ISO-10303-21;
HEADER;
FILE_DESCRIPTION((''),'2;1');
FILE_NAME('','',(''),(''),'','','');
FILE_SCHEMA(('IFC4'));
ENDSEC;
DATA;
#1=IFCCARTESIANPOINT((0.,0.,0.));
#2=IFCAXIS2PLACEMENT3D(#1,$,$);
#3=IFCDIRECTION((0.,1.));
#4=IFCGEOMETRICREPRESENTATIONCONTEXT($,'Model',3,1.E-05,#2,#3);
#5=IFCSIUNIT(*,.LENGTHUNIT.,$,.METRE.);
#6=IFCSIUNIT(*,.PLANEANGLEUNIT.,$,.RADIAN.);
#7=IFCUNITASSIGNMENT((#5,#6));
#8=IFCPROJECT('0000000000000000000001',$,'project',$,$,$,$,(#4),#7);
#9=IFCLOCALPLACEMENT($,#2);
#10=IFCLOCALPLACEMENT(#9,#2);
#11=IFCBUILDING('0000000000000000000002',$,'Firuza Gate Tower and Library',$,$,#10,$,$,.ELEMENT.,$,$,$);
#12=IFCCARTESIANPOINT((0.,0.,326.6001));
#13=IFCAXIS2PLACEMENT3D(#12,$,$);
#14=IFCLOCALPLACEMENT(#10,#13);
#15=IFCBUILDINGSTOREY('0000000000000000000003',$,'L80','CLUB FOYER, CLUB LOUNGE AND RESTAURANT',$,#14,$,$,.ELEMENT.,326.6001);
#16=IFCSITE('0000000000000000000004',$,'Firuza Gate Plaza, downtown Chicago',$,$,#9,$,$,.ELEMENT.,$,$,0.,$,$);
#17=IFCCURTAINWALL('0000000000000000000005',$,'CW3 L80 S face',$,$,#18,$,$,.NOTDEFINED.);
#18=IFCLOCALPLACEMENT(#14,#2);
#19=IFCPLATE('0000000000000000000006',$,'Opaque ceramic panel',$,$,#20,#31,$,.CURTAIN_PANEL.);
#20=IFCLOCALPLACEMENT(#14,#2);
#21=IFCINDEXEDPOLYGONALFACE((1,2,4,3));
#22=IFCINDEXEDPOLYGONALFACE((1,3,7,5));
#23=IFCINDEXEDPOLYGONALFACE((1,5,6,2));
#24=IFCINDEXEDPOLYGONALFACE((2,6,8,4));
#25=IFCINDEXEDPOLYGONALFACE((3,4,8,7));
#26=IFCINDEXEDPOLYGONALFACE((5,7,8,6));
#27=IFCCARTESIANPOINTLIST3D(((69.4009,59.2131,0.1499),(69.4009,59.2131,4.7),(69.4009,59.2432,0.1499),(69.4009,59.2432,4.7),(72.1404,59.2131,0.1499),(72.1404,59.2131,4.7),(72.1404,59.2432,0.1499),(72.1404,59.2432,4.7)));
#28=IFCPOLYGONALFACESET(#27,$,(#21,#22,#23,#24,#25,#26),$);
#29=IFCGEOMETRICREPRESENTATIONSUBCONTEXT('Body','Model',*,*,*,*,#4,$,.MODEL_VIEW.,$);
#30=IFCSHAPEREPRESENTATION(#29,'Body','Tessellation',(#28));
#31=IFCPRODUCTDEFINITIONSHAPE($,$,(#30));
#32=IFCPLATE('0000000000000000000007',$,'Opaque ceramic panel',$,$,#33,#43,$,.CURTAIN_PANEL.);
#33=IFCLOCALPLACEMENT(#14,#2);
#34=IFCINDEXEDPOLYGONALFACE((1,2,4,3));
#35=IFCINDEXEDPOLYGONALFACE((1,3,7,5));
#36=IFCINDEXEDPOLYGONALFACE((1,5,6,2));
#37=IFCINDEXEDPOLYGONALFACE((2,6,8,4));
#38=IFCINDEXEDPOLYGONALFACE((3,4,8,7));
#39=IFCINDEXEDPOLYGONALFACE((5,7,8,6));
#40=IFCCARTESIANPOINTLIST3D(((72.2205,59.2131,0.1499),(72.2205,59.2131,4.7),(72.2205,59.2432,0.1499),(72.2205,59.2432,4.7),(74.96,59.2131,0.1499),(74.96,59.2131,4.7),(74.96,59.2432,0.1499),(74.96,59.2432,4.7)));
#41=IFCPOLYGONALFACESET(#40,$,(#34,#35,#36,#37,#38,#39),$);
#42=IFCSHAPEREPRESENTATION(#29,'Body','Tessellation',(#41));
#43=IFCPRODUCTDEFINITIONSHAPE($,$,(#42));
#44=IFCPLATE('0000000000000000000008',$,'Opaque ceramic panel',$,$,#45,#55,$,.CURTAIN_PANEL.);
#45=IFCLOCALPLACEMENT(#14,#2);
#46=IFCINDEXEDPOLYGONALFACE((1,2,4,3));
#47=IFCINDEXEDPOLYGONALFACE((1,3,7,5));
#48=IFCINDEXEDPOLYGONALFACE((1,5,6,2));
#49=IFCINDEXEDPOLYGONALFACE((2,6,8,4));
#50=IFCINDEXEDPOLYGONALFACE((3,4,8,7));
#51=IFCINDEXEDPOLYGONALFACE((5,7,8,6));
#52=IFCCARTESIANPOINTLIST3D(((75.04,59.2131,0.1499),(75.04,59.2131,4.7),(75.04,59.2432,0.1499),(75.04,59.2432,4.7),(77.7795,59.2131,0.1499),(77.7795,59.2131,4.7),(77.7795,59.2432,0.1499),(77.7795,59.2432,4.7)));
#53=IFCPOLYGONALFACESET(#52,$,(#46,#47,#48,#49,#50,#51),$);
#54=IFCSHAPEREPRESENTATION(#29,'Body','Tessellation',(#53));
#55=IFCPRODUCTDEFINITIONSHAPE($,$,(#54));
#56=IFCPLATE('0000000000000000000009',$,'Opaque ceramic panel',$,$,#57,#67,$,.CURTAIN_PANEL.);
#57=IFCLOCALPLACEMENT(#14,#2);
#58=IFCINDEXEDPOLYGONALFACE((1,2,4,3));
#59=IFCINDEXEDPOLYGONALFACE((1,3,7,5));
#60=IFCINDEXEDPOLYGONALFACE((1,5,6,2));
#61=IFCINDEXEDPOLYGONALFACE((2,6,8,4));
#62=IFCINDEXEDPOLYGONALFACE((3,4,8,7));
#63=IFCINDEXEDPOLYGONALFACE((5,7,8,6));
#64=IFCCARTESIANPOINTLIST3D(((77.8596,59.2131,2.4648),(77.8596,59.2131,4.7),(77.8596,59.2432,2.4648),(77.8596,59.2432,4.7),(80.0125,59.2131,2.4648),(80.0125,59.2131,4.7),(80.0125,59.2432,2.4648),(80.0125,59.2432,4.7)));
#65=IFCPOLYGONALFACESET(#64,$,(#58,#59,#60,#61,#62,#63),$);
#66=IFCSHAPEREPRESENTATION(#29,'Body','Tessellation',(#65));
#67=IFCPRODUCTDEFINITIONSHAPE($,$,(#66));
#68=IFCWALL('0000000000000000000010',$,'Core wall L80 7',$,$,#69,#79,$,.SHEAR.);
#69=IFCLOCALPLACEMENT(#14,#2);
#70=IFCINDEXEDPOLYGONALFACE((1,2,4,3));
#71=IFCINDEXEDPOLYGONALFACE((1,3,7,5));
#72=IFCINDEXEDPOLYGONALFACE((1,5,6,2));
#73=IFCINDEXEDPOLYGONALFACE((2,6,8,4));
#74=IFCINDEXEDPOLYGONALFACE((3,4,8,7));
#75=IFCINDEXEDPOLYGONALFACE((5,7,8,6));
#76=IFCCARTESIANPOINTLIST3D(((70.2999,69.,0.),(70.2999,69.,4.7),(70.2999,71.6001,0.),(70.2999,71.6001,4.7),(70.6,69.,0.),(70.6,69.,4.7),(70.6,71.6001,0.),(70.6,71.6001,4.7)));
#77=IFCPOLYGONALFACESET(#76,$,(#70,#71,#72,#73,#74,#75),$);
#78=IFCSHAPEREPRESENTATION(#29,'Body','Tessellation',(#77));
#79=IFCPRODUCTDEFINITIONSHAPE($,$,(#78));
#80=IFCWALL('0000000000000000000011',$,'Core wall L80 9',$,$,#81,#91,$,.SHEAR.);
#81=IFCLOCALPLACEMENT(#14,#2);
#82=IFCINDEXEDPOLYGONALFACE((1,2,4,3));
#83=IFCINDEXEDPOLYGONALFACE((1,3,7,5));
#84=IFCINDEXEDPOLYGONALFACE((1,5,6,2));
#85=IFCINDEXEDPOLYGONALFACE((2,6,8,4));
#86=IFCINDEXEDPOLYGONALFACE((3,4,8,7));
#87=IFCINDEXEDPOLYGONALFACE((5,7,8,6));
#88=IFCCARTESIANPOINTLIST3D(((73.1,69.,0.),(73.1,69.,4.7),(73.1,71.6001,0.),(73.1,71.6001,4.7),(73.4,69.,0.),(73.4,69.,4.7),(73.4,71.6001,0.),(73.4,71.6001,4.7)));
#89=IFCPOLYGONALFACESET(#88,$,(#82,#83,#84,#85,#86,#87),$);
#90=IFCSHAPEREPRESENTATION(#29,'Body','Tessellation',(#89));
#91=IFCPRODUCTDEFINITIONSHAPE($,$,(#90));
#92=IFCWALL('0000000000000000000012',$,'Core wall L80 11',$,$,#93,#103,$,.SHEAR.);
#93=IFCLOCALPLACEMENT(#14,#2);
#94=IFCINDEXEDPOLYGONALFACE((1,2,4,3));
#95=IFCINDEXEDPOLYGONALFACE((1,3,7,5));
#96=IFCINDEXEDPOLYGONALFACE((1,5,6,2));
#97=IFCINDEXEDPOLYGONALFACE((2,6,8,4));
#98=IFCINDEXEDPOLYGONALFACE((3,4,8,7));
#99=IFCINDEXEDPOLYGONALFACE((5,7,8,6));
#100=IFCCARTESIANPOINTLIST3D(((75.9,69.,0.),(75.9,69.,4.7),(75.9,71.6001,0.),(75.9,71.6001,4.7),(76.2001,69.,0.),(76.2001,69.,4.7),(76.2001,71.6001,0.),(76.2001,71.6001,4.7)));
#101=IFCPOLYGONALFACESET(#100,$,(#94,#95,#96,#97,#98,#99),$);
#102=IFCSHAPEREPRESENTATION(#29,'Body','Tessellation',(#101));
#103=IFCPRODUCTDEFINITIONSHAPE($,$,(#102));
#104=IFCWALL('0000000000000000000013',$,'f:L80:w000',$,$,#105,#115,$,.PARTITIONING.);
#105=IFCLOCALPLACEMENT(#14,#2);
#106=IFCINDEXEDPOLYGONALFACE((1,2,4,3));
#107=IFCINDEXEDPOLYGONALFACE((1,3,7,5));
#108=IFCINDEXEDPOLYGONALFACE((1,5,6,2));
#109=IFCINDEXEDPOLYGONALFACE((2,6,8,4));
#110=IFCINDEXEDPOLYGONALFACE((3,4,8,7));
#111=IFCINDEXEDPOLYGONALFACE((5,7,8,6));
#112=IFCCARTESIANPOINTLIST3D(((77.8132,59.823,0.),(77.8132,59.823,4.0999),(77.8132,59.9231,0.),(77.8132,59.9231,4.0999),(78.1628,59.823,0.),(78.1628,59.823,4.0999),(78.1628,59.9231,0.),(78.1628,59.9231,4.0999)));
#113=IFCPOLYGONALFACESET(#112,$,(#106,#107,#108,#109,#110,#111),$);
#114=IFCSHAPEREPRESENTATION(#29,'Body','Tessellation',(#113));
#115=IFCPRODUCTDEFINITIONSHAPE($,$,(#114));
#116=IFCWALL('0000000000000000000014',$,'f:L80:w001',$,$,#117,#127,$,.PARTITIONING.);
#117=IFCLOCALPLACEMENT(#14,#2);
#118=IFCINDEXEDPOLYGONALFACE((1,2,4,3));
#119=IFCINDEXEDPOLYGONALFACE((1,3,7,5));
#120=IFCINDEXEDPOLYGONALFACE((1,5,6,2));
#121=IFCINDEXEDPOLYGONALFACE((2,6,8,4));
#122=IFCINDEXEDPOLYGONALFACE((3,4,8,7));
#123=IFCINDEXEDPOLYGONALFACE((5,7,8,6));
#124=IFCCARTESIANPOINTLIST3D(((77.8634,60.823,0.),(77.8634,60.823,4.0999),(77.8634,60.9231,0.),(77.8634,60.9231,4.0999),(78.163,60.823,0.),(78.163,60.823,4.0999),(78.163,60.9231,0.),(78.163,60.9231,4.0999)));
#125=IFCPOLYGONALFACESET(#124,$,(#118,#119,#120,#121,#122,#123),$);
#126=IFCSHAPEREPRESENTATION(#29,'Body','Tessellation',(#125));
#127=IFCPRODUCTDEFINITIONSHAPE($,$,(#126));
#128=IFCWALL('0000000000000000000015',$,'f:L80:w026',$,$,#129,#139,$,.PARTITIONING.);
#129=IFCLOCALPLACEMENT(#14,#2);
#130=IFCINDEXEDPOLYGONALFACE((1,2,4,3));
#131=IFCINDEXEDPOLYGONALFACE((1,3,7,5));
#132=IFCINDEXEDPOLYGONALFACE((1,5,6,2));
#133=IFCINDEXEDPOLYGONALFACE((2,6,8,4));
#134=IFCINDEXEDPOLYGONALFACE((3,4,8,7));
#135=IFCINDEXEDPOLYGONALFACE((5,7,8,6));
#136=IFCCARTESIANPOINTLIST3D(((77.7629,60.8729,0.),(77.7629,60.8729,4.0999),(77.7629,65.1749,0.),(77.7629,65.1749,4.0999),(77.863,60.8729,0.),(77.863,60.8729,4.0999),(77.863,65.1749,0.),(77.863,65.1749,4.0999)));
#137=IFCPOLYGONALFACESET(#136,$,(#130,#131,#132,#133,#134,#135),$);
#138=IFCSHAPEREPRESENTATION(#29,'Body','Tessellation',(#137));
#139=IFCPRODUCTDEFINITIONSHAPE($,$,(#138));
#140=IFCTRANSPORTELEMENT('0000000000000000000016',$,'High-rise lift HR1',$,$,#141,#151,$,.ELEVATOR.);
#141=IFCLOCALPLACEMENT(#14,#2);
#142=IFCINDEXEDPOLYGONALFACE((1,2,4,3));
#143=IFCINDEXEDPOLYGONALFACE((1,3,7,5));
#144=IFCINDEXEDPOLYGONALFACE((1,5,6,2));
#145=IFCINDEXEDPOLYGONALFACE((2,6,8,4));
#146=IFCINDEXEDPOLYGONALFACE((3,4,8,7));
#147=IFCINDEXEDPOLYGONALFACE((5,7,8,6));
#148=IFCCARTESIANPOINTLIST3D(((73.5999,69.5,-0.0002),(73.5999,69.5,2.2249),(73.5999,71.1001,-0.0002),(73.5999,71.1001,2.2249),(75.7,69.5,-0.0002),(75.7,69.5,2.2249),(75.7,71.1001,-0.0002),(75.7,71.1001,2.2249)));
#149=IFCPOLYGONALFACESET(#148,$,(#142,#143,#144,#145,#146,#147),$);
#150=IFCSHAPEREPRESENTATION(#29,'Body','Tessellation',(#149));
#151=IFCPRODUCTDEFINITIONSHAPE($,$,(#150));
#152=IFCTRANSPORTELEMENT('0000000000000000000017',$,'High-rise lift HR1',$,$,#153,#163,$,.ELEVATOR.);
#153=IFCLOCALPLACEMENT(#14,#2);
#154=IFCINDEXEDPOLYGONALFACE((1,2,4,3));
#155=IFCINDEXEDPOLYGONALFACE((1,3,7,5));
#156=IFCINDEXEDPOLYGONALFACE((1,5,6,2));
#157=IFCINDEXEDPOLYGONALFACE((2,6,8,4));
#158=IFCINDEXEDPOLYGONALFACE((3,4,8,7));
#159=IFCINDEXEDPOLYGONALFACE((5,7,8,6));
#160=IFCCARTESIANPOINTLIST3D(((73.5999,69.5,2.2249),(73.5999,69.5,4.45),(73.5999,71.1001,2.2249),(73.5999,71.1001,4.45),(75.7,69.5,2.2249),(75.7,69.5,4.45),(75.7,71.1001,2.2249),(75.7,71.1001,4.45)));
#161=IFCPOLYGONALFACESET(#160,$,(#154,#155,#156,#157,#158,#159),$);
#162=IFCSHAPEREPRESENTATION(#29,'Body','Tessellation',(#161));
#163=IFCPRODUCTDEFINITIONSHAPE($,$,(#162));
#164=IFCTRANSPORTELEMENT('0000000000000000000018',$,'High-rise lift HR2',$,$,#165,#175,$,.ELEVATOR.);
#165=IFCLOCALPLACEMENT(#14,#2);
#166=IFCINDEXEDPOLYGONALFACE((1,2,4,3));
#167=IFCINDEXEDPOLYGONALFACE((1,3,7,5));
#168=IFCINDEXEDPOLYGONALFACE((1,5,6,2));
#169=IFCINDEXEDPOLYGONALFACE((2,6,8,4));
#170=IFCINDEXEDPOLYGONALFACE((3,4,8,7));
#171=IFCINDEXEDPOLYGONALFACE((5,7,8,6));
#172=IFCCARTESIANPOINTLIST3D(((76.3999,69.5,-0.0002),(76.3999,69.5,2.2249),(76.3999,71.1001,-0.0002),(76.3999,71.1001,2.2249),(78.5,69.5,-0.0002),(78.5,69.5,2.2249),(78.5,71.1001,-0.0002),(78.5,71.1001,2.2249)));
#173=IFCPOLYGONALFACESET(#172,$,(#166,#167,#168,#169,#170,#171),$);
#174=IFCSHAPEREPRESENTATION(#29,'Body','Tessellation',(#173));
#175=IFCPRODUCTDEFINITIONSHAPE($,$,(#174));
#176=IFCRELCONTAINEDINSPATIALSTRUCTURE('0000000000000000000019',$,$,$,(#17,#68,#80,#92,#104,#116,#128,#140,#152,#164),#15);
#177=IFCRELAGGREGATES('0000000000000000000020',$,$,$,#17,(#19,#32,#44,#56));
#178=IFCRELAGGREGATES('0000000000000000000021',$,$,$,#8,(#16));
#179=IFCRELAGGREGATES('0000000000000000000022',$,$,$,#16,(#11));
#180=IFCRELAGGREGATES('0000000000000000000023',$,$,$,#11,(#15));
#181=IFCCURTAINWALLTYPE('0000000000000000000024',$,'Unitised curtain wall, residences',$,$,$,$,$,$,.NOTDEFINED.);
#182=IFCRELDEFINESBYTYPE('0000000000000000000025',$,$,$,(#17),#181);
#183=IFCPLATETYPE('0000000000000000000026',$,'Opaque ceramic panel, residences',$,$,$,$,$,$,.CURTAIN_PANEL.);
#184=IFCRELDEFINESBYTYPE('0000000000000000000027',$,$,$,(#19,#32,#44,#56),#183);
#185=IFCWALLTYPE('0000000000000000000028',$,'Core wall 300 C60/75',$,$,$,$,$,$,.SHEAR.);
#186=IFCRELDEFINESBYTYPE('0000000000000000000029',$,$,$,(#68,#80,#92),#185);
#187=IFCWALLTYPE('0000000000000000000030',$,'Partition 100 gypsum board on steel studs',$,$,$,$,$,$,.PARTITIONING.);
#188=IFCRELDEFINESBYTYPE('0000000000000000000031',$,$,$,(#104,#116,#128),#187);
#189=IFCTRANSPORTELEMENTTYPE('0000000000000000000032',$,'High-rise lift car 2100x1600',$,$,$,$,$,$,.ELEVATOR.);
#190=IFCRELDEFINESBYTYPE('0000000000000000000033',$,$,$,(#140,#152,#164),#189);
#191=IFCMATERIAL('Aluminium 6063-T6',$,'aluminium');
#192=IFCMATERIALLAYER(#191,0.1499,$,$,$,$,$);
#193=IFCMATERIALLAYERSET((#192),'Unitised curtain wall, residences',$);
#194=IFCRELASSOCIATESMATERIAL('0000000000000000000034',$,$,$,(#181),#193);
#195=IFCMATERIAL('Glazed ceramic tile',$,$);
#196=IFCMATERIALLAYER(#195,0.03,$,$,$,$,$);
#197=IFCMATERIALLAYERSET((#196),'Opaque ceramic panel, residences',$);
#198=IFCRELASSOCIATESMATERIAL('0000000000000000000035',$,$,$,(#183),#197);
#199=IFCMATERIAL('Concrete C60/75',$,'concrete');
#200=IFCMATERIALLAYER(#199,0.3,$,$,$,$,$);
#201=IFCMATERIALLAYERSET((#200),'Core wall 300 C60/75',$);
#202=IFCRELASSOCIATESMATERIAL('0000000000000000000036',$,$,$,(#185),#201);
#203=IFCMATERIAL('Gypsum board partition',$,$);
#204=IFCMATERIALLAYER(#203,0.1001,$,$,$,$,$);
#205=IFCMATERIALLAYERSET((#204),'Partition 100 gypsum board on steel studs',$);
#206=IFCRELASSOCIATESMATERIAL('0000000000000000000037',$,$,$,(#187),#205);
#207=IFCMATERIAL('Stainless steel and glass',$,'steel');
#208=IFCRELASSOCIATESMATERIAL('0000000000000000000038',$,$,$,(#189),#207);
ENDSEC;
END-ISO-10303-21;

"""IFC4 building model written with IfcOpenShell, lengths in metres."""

from ifc_helpers import new_model, si_unit, direction, frame, frame_2d, origin, origin_2d, place, context, subcontext, project, spatial, polyline, rectangle, outline, extrude, material, layer, layer_set, type_object, element, aggregate, save


model = new_model("IFC4")

# Units and contexts
model_context = context("Model", 3, precision=1e-05, world=origin(), true_north=direction((0.0, 1.0)))
body_context = subcontext(model_context, "Body", "Model", "MODEL_VIEW")
ifc_project = project(units=[si_unit("LENGTHUNIT", "METRE"), si_unit("PLANEANGLEUNIT", "RADIAN")], contexts=[model_context])

# Site, building, storey
site_placement = place(None, origin())
site = spatial("IfcSite", under=ifc_project, at=site_placement, Name="Firuza Gate Plaza, downtown Chicago", CompositionType="ELEMENT", RefElevation=0.0)
building_placement = place(site_placement, origin())
building = spatial("IfcBuilding", under=site, at=building_placement, Name="Firuza Gate Tower and Library", CompositionType="ELEMENT")
storey_placement = place(building_placement, frame((0.0, 0.0, 326.6001)))
storey = spatial("IfcBuildingStorey", under=building, at=storey_placement, Name="L80", Description="CLUB FOYER, CLUB LOUNGE AND RESTAURANT", CompositionType="ELEMENT", Elevation=326.6001)

# Curtain wall
ifc_material_1 = material(Name="Aluminium 6063-T6", Category="aluminium")
ifc_layer_1 = layer(ifc_material_1, 0.1499)
ifc_layer_set_1 = layer_set([ifc_layer_1], Name="Unitised curtain wall, residences")
curtain_wall_type = type_object("IfcCurtainWallType", Name="Unitised curtain wall, residences", PredefinedType="NOTDEFINED", material=ifc_layer_set_1)
curtain_wall_placement = place(storey_placement, origin())
curtain_wall = element("IfcCurtainWall", 1, at=curtain_wall_placement, inside=storey, type_object=curtain_wall_type, Name="CW3 L80 S face", PredefinedType="NOTDEFINED")

# Plates
ifc_material_2 = material(Name="Glazed ceramic tile")
ifc_layer_2 = layer(ifc_material_2, 0.03)
ifc_layer_set_2 = layer_set([ifc_layer_2], Name="Opaque ceramic panel, residences")
plate_type_1 = type_object("IfcPlateType", Name="Opaque ceramic panel, residences", PredefinedType="CURTAIN_PANEL", material=ifc_layer_set_2)
plate_1_placement = place(storey_placement, frame((69.4009, 59.2131, 0.1499), z_axis=(0.0, -1.0, 0.0), x_axis=(1.0, 0.0, 0.0)))
plate_1 = element("IfcPlate", 2, at=plate_1_placement, type_object=plate_type_1, Name="Opaque ceramic panel", PredefinedType="CURTAIN_PANEL", context=body_context, shape_type="SweptSolid", body=[
    extrude(outline(polyline([(0.0, 0.0), (2.7395, 0.0), (2.7395, 4.55), (0.0, 4.55), (0.0, 0.0)])), origin(), (0.0, 0.0, -1.0), 0.03),
])
plate_2_placement = place(storey_placement, frame((72.2205, 59.2131, 0.1499), z_axis=(0.0, -1.0, 0.0), x_axis=(1.0, 0.0, 0.0)))
plate_2 = element("IfcPlate", 3, at=plate_2_placement, type_object=plate_type_1, Name="Opaque ceramic panel", PredefinedType="CURTAIN_PANEL", context=body_context, shape_type="SweptSolid", body=[
    extrude(outline(polyline([(0.0, 0.0), (2.7395, 0.0), (2.7395, 4.55), (0.0, 4.55), (0.0, 0.0)])), origin(), (0.0, 0.0, -1.0), 0.03),
])
plate_3_placement = place(storey_placement, frame((75.04, 59.2131, 0.1499), z_axis=(0.0, -1.0, 0.0), x_axis=(1.0, 0.0, 0.0)))
plate_3 = element("IfcPlate", 4, at=plate_3_placement, type_object=plate_type_1, Name="Opaque ceramic panel", PredefinedType="CURTAIN_PANEL", context=body_context, shape_type="SweptSolid", body=[
    extrude(outline(polyline([(0.0, 0.0), (2.7395, 0.0), (2.7395, 4.55), (0.0, 4.55), (0.0, 0.0)])), origin(), (0.0, 0.0, -1.0), 0.03),
])
plate_4_placement = place(storey_placement, frame((77.8596, 59.2131, 2.4648), z_axis=(0.0, -1.0, 0.0), x_axis=(1.0, 0.0, 0.0)))
plate_4 = element("IfcPlate", 5, at=plate_4_placement, type_object=plate_type_1, Name="Opaque ceramic panel", PredefinedType="CURTAIN_PANEL", context=body_context, shape_type="SweptSolid", body=[
    extrude(outline(polyline([(0.0, 0.0), (2.1528, 0.0), (2.1528, 2.2351), (0.0, 2.2351), (0.0, 0.0)])), origin(), (0.0, 0.0, -1.0), 0.03),
])
aggregate(curtain_wall, [plate_1, plate_2, plate_3, plate_4])

# Walls
ifc_material_3 = material(Name="Concrete C60/75", Category="concrete")
ifc_layer_3 = layer(ifc_material_3, 0.3)
ifc_layer_set_3 = layer_set([ifc_layer_3], Name="Core wall 300 C60/75")
wall_type_1 = type_object("IfcWallType", Name="Core wall 300 C60/75", PredefinedType="SHEAR", material=ifc_layer_set_3)
for number, where, z_axis, x_axis, name in (
    (6, (70.45, 69.0, 0.0), (0.0, 0.0, 1.0), (0.0, 1.0, 0.0), "Core wall L80 7"),
    (7, (73.25, 69.0, 0.0), (0.0, 0.0, 1.0), (0.0, 1.0, 0.0), "Core wall L80 9"),
    (8, (76.05, 69.0, 0.0), (0.0, 0.0, 1.0), (0.0, 1.0, 0.0), "Core wall L80 11"),
):
    element("IfcWall", number, at=place(storey_placement, frame(where, z_axis=z_axis, x_axis=x_axis)), inside=storey, type_object=wall_type_1, Name=name, PredefinedType="SHEAR", context=body_context, shape_type="SweptSolid", body=[
        extrude(rectangle(XDim=2.6001, YDim=0.3, at=frame_2d((1.3, 0.0))), origin(), (0.0, 0.0, 1.0), 4.7),
    ])
ifc_material_4 = material(Name="Gypsum board partition")
ifc_layer_4 = layer(ifc_material_4, 0.1001)
ifc_layer_set_4 = layer_set([ifc_layer_4], Name="Partition 100 gypsum board on steel studs")
wall_type_2 = type_object("IfcWallType", Name="Partition 100 gypsum board on steel studs", PredefinedType="PARTITIONING", material=ifc_layer_set_4)
wall_1_placement = place(storey_placement, frame((77.8132, 59.873, 0.0), z_axis=(0.0, 0.0, 1.0), x_axis=(1.0, 0.0, 0.0)))
element("IfcWall", 9, at=wall_1_placement, inside=storey, type_object=wall_type_2, Name="f:L80:w000", PredefinedType="PARTITIONING", context=body_context, shape_type="SweptSolid", body=[
    extrude(rectangle(XDim=0.3496, YDim=0.1001, at=frame_2d((0.1748, 0.0))), origin(), (0.0, 0.0, 1.0), 4.0999),
])
wall_2_placement = place(storey_placement, frame((77.8633, 60.873, 0.0), z_axis=(0.0, 0.0, 1.0), x_axis=(1.0, 0.0, 0.0)))
element("IfcWall", 10, at=wall_2_placement, inside=storey, type_object=wall_type_2, Name="f:L80:w001", PredefinedType="PARTITIONING", context=body_context, shape_type="SweptSolid", body=[
    extrude(rectangle(XDim=0.2996, YDim=0.1001, at=frame_2d((0.1499, 0.0))), origin(), (0.0, 0.0, 1.0), 4.0999),
])
wall_3_placement = place(storey_placement, frame((77.813, 60.873, 0.0), z_axis=(0.0, 0.0, 1.0), x_axis=(0.0, 1.0, 0.0)))
element("IfcWall", 11, at=wall_3_placement, inside=storey, type_object=wall_type_2, Name="f:L80:w026", PredefinedType="PARTITIONING", context=body_context, shape_type="SweptSolid", body=[
    extrude(rectangle(XDim=4.302, YDim=0.1001, at=frame_2d((2.1509, 0.0))), origin(), (0.0, 0.0, 1.0), 4.0999),
])

# Transport elements
ifc_material_5 = material(Name="Stainless steel and glass", Category="steel")
transport_element_type = type_object("IfcTransportElementType", Name="High-rise lift car 2100x1600", PredefinedType="ELEVATOR", material=ifc_material_5)
for number, where, z_axis, x_axis, name in (
    (12, (74.6499, 70.3, -0.0002), (0.0, 0.0, 1.0), (1.0, 0.0, 0.0), "High-rise lift HR1"),
    (13, (74.6499, 70.3, 2.2249), (0.0, 0.0, 1.0), (1.0, 0.0, 0.0), "High-rise lift HR1"),
    (14, (77.45, 70.3, -0.0002), (0.0, 0.0, 1.0), (1.0, 0.0, 0.0), "High-rise lift HR2"),
):
    element("IfcTransportElement", number, at=place(storey_placement, frame(where, z_axis=z_axis, x_axis=x_axis)), inside=storey, type_object=transport_element_type, Name=name, PredefinedType="ELEVATOR", context=body_context, shape_type="SweptSolid", body=[
        extrude(rectangle(XDim=2.1001, YDim=1.6001, at=origin_2d()), origin(), (0.0, 0.0, 1.0), 2.2251),
    ])

save(model, "model.ifc")
